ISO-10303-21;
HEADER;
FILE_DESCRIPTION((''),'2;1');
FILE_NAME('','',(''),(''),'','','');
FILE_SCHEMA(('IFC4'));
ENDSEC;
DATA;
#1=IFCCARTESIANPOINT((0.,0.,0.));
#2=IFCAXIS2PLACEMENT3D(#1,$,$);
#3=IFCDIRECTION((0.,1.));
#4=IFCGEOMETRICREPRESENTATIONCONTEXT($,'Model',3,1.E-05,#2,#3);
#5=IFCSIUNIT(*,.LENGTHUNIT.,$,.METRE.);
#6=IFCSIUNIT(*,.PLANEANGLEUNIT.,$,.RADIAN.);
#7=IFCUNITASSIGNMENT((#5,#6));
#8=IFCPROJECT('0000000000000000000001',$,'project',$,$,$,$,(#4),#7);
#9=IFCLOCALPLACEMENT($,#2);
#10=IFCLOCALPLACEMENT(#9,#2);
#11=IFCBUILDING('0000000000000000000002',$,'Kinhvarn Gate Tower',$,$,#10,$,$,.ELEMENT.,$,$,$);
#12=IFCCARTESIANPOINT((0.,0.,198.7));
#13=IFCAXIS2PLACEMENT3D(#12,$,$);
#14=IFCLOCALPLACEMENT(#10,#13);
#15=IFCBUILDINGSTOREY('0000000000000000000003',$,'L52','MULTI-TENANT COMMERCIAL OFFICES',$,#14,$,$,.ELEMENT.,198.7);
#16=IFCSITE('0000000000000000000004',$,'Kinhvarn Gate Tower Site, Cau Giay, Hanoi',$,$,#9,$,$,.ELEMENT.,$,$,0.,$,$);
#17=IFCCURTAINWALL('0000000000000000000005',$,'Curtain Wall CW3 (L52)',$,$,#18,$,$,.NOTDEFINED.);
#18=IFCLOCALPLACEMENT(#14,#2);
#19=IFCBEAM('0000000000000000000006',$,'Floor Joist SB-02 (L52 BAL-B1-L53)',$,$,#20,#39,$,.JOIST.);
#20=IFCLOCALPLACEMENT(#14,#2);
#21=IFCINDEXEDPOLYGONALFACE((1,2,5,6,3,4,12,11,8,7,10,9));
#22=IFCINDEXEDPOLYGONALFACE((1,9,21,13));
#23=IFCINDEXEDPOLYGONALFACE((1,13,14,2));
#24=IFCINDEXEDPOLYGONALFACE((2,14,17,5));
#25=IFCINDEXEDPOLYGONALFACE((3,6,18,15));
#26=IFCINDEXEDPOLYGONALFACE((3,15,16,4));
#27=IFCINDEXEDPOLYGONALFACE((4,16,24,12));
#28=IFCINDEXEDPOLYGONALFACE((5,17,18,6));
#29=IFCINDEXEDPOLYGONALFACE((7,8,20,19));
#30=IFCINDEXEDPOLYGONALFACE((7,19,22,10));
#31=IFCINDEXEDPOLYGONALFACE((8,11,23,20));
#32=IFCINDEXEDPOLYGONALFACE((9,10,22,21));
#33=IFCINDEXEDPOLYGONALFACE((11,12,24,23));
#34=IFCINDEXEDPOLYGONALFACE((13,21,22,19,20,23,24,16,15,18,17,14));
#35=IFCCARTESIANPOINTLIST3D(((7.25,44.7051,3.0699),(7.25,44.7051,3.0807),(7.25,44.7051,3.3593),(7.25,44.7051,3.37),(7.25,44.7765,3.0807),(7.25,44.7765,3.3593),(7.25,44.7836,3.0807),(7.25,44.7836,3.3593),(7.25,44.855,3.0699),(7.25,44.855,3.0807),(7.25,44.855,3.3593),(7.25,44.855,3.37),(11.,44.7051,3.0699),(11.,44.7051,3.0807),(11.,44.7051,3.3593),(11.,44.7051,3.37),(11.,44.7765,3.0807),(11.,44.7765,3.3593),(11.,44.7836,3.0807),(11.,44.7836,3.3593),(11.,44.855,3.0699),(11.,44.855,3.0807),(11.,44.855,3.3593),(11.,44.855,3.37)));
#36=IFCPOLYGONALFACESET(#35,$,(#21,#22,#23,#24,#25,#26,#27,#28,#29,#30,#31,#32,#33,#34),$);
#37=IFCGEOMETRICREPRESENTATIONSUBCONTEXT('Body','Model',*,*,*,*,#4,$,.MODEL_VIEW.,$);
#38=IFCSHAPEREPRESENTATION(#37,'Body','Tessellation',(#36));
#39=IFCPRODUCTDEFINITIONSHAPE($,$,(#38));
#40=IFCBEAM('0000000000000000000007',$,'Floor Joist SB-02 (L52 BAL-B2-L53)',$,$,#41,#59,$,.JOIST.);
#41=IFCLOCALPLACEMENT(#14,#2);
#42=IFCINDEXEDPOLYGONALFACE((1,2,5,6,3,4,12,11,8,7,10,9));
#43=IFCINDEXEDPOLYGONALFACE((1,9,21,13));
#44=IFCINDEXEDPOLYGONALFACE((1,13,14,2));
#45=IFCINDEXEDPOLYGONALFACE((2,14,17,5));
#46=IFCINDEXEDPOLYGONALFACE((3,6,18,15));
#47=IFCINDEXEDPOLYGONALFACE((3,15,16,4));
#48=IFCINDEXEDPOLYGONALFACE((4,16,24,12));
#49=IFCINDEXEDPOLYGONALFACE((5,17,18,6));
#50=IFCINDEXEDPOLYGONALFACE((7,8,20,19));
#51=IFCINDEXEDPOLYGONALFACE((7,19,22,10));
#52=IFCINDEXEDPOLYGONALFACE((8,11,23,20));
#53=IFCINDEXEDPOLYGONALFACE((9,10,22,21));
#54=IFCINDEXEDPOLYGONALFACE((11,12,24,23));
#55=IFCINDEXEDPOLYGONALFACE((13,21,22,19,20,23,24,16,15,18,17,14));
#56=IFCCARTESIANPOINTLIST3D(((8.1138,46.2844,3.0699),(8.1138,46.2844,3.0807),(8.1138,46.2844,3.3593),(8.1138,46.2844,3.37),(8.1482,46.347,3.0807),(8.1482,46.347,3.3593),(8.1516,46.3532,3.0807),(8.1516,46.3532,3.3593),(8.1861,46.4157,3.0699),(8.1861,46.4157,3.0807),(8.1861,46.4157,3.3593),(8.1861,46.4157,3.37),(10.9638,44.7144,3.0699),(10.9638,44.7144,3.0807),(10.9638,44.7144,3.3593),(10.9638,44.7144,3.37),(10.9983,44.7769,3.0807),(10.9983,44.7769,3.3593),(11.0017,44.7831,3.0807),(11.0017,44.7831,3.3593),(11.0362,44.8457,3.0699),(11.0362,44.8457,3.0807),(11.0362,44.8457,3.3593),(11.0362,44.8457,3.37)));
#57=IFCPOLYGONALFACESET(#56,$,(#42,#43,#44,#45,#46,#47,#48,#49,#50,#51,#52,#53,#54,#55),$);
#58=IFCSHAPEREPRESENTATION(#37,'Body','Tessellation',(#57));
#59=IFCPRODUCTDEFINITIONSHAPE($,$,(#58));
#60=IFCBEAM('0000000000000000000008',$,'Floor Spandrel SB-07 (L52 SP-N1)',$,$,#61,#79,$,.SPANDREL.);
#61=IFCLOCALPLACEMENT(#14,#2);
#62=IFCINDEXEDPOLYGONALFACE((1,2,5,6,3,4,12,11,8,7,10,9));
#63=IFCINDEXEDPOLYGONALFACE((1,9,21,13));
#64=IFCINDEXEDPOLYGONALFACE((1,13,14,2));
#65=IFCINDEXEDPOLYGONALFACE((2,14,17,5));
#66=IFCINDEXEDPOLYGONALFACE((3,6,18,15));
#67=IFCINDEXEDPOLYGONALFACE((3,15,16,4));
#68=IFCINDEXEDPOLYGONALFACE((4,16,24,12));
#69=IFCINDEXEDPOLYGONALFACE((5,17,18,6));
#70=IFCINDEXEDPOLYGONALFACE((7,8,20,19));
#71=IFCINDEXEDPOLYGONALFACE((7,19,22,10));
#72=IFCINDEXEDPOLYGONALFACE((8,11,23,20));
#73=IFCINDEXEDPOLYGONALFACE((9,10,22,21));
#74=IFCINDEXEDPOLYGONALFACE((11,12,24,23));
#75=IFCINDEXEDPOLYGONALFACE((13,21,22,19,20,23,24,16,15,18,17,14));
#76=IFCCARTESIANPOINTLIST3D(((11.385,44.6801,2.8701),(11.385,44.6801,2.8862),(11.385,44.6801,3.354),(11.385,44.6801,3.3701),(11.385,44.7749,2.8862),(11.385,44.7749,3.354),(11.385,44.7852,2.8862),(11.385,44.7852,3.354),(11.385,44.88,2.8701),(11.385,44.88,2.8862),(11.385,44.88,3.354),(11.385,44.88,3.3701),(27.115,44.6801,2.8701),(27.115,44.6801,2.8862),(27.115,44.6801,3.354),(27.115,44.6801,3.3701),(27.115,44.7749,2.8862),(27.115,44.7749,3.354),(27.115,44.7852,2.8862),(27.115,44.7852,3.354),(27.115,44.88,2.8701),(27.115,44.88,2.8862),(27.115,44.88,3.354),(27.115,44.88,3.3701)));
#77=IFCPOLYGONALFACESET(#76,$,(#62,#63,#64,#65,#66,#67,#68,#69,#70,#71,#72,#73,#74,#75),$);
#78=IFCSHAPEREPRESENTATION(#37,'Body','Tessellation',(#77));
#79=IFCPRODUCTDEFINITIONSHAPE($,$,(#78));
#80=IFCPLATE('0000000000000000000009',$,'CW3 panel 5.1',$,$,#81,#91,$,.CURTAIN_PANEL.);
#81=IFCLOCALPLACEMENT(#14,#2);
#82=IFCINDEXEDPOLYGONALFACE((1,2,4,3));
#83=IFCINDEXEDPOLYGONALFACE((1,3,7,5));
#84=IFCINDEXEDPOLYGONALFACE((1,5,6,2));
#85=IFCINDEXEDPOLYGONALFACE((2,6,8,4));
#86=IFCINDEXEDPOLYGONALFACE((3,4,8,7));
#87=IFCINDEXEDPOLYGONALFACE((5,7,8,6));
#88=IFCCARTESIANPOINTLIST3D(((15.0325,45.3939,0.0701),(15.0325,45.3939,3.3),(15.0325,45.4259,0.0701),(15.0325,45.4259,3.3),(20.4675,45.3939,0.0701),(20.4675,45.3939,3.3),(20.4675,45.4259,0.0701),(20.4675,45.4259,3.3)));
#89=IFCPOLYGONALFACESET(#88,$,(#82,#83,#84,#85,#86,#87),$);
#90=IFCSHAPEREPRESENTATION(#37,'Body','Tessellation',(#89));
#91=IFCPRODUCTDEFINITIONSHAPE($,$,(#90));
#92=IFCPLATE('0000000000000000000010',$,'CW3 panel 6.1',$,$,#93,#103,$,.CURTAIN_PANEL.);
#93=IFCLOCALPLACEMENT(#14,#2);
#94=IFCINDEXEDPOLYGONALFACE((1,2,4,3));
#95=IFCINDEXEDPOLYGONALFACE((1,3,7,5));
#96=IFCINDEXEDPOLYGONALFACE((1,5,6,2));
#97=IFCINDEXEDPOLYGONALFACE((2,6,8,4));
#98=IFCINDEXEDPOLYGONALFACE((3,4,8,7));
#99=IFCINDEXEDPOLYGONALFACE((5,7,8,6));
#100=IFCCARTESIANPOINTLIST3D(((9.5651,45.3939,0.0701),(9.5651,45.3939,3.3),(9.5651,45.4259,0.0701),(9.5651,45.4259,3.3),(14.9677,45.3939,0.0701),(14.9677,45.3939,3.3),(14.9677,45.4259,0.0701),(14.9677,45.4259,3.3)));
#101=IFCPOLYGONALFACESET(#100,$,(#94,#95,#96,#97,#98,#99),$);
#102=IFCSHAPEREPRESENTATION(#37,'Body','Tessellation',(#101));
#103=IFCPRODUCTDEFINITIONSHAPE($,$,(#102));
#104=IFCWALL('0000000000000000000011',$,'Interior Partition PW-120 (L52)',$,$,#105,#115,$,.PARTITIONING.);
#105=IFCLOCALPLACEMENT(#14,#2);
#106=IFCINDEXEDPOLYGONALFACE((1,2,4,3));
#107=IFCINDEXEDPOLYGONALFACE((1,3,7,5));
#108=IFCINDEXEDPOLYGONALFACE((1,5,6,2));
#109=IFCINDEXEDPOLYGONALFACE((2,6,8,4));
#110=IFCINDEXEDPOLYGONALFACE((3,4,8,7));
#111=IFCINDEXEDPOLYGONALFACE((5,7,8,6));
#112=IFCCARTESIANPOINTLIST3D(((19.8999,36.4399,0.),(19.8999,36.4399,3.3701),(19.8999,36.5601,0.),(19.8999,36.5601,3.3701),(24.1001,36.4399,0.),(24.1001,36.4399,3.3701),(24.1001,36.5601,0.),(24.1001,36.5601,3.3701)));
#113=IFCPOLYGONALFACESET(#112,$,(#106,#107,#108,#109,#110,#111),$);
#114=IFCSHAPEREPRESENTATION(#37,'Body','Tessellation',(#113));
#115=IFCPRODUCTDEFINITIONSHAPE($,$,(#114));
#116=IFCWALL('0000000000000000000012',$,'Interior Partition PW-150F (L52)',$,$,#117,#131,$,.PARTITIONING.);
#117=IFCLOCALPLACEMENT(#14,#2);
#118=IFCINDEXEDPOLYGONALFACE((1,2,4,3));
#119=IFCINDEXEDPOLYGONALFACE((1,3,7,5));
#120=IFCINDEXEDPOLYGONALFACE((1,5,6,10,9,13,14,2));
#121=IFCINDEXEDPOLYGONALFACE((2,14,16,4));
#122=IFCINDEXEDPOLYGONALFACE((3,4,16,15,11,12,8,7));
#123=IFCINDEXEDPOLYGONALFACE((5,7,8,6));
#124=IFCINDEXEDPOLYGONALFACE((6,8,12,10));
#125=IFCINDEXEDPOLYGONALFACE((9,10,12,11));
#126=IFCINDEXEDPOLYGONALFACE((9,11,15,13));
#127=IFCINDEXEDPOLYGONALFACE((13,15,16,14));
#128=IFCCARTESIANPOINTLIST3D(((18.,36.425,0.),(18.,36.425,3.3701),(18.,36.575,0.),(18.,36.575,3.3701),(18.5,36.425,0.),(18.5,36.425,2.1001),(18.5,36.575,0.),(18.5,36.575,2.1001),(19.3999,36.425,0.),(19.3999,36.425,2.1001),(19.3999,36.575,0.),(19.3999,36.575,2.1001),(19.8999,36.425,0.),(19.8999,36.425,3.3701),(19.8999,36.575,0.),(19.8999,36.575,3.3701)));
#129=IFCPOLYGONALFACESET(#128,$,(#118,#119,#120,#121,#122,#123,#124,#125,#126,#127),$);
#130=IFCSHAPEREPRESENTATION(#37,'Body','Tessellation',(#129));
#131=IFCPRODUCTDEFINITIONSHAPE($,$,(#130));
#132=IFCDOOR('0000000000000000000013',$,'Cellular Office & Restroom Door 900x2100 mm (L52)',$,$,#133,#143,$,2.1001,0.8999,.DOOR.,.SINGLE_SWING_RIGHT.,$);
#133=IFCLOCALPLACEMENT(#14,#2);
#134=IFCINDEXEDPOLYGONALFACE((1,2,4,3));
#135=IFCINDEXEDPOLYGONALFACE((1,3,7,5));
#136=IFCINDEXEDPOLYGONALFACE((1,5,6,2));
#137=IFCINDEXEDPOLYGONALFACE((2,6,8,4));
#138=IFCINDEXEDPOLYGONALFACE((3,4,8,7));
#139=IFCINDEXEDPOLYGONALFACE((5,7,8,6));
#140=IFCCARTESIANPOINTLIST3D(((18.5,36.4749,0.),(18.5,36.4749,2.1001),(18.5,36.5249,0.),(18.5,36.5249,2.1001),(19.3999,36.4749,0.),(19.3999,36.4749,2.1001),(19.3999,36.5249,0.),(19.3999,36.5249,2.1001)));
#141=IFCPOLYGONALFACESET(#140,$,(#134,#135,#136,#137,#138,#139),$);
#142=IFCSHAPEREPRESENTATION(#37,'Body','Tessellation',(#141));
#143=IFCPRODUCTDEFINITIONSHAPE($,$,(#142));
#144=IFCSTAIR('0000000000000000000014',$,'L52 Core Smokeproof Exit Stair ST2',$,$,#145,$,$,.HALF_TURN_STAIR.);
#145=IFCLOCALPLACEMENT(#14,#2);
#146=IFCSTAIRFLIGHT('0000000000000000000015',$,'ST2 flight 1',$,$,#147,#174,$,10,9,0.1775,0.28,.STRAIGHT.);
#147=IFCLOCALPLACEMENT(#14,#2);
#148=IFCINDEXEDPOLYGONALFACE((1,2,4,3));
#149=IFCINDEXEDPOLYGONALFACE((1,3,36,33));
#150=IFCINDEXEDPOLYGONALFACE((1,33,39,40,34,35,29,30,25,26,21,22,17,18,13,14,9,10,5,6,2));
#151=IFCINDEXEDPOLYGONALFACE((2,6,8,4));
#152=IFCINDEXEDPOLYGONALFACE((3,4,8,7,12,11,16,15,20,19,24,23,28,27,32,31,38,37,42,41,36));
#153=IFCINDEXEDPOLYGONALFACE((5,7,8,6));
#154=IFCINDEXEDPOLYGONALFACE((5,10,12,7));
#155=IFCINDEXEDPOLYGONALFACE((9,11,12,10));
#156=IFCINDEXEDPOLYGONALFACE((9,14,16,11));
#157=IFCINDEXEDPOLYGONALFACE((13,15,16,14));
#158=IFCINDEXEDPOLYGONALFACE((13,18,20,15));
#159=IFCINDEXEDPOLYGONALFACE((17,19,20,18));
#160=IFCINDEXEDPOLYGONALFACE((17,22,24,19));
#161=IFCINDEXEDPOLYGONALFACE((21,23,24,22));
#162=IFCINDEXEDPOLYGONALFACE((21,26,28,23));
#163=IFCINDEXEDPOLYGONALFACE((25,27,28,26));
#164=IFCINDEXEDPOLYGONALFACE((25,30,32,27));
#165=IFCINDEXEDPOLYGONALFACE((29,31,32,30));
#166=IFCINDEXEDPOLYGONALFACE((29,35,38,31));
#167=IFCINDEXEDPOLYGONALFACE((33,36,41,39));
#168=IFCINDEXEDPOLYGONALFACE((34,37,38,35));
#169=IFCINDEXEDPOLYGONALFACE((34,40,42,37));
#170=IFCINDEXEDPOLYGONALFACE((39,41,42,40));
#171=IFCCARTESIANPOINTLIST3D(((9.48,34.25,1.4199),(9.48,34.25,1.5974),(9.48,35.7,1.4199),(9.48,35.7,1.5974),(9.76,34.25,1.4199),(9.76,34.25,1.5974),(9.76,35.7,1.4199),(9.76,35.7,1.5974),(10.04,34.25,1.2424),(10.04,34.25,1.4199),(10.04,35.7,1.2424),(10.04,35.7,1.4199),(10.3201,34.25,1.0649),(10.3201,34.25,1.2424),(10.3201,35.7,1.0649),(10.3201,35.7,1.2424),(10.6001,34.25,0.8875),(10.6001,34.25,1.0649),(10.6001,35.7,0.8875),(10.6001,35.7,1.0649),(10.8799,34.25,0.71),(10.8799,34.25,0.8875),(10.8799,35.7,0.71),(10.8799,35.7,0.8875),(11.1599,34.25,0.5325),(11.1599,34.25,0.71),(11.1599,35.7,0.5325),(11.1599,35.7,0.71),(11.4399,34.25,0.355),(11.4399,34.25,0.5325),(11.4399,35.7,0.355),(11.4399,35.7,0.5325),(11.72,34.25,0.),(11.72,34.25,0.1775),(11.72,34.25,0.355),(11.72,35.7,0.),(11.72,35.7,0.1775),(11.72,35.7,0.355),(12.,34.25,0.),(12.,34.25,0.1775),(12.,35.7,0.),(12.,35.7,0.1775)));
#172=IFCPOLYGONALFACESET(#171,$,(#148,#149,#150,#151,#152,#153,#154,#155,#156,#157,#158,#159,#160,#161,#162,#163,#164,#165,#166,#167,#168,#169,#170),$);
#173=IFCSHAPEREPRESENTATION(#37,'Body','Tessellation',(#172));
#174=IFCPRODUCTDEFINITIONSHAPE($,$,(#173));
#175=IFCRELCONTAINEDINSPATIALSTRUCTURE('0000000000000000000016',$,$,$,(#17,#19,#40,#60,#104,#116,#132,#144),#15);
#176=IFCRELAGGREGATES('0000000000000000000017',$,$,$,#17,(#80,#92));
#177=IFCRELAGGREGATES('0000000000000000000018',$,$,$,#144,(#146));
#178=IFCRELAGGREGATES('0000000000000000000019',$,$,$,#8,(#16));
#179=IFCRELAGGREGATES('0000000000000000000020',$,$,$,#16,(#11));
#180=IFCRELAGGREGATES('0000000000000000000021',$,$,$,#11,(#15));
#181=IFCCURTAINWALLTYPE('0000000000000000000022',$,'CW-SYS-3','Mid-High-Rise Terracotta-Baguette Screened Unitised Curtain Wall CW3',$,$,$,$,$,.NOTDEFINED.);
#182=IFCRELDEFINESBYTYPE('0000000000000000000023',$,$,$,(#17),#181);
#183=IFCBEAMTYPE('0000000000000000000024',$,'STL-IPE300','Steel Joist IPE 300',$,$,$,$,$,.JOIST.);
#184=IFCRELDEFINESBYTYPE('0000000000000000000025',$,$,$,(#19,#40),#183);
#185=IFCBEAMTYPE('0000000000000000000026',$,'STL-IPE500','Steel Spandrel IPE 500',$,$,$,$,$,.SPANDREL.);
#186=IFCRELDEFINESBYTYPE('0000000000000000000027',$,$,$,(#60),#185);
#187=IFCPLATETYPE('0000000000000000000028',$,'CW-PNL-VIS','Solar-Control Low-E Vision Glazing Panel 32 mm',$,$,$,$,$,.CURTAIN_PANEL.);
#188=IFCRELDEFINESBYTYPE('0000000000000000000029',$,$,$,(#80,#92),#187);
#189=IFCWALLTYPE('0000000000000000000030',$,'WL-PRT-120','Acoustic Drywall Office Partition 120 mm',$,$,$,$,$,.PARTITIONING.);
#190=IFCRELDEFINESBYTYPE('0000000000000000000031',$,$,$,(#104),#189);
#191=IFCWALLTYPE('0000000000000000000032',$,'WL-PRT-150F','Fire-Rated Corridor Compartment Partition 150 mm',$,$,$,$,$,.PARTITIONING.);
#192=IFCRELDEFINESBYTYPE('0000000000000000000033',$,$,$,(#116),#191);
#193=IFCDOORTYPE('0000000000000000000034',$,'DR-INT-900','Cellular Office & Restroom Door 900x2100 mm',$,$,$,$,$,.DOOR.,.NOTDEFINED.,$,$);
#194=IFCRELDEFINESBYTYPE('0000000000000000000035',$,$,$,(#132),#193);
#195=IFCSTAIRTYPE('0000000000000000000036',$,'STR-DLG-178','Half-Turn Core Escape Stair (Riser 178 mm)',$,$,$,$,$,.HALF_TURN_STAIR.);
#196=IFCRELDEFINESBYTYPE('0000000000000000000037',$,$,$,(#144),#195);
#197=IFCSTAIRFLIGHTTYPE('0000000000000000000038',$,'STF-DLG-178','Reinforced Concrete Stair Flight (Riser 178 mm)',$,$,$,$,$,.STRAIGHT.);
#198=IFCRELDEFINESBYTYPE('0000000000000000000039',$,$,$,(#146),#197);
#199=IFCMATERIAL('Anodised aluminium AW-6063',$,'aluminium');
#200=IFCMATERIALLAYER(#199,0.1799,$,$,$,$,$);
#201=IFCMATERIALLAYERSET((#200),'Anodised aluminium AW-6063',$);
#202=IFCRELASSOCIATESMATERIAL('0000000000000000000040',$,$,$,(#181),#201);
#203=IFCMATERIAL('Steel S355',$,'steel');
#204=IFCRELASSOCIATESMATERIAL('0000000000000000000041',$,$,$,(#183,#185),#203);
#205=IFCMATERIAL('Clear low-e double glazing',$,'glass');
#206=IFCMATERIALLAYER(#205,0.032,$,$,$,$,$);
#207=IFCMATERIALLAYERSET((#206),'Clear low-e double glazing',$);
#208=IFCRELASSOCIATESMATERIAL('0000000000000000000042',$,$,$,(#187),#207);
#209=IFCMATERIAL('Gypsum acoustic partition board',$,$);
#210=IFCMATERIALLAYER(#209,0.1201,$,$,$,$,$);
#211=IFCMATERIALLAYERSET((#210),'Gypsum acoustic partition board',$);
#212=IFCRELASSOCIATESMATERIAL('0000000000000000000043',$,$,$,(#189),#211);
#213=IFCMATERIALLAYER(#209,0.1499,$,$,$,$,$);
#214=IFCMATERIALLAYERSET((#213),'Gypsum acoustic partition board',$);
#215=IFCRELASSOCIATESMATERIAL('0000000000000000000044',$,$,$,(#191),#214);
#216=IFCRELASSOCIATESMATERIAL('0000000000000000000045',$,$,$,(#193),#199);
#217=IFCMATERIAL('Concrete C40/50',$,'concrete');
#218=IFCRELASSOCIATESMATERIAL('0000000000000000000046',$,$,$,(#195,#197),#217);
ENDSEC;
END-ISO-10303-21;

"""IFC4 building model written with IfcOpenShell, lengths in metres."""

from ifc_helpers import new_model, si_unit, direction, frame, frame_2d, origin, origin_2d, place, context, subcontext, project, spatial, polyline, rectangle, i_section, outline, extrude, material, layer, layer_set, material_profile, profile_set, type_object, element, fill, aggregate, save


model = new_model("IFC4")

# Units and contexts
model_context = context("Model", 3, precision=1e-05, world=origin(), true_north=direction((0.0, 1.0)))
body_context = subcontext(model_context, "Body", "Model", "MODEL_VIEW")
ifc_project = project(units=[si_unit("LENGTHUNIT", "METRE"), si_unit("PLANEANGLEUNIT", "RADIAN")], contexts=[model_context])

# Site, building, storey
site_placement = place(None, origin())
site = spatial("IfcSite", under=ifc_project, at=site_placement, Name="Kinhvarn Gate Tower Site, Cau Giay, Hanoi", CompositionType="ELEMENT", RefElevation=0.0)
building_placement = place(site_placement, origin())
building = spatial("IfcBuilding", under=site, at=building_placement, Name="Kinhvarn Gate Tower", CompositionType="ELEMENT")
storey_placement = place(building_placement, frame((0.0, 0.0, 198.7)))
storey = spatial("IfcBuildingStorey", under=building, at=storey_placement, Name="L52", Description="MULTI-TENANT COMMERCIAL OFFICES", CompositionType="ELEMENT", Elevation=198.7)

# Curtain wall
ifc_material_1 = material(Name="Anodised aluminium AW-6063", Category="aluminium")
ifc_layer_1 = layer(ifc_material_1, 0.1799)
ifc_layer_set_1 = layer_set([ifc_layer_1], Name="Anodised aluminium AW-6063")
curtain_wall_type = type_object("IfcCurtainWallType", Name="CW-SYS-3", Description="Mid-High-Rise Terracotta-Baguette Screened Unitised Curtain Wall CW3", PredefinedType="NOTDEFINED", material=ifc_layer_set_1)
curtain_wall_placement = place(storey_placement, origin())
curtain_wall = element("IfcCurtainWall", 1, at=curtain_wall_placement, inside=storey, type_object=curtain_wall_type, Name="Curtain Wall CW3 (L52)", PredefinedType="NOTDEFINED")

# Beams
ifc_material_2 = material(Name="Steel S355", Category="steel")
ifc_material_profile_1 = material_profile(ifc_material_2, i_section(OverallWidth=0.1499, OverallDepth=0.3, WebThickness=0.0071, FlangeThickness=0.0107, at=origin_2d()), Name="IPE 300")
ifc_profile_set_1 = profile_set([ifc_material_profile_1], Name="Steel S355")
beam_type_1 = type_object("IfcBeamType", Name="STL-IPE300", Description="Steel Joist IPE 300", PredefinedType="JOIST", material=ifc_profile_set_1)
beam_1_placement = place(storey_placement, frame((11.0, 44.78, 3.22), z_axis=(-1.0, 0.0, 0.0), x_axis=(0.0, -1.0, 0.0)))
element("IfcBeam", 2, at=beam_1_placement, inside=storey, type_object=beam_type_1, Name="Floor Joist SB-02 (L52 BAL-B1-L53)", PredefinedType="JOIST", context=body_context, shape_type="SweptSolid", body=[
    extrude(i_section(OverallWidth=0.1499, OverallDepth=0.3, WebThickness=0.0071, FlangeThickness=0.0107, at=origin_2d()), origin(), (0.0, 0.0, 1.0), 3.75),
])
beam_2_placement = place(storey_placement, frame((11.0, 44.78, 3.22), z_axis=(-0.875889, 0.482512, 0.0), x_axis=(-0.482512, -0.875889, 0.0)))
element("IfcBeam", 3, at=beam_2_placement, inside=storey, type_object=beam_type_1, Name="Floor Joist SB-02 (L52 BAL-B2-L53)", PredefinedType="JOIST", context=body_context, shape_type="SweptSolid", body=[
    extrude(i_section(OverallWidth=0.1499, OverallDepth=0.3, WebThickness=0.0071, FlangeThickness=0.0107, at=origin_2d()), origin(), (0.0, 0.0, 1.0), 3.2539),
])
ifc_material_profile_2 = material_profile(ifc_material_2, i_section(OverallWidth=0.2, OverallDepth=0.5, WebThickness=0.0103, FlangeThickness=0.0161, at=origin_2d()), Name="IPE 500")
ifc_profile_set_2 = profile_set([ifc_material_profile_2], Name="Steel S355")
beam_type_2 = type_object("IfcBeamType", Name="STL-IPE500", Description="Steel Spandrel IPE 500", PredefinedType="SPANDREL", material=ifc_profile_set_2)
beam_3_placement = place(storey_placement, frame((11.385, 44.78, 3.1201), z_axis=(1.0, 0.0, 0.0), x_axis=(0.0, 1.0, 0.0)))
element("IfcBeam", 4, at=beam_3_placement, inside=storey, type_object=beam_type_2, Name="Floor Spandrel SB-07 (L52 SP-N1)", PredefinedType="SPANDREL", context=body_context, shape_type="SweptSolid", body=[
    extrude(i_section(OverallWidth=0.2, OverallDepth=0.5, WebThickness=0.0103, FlangeThickness=0.0161, at=origin_2d()), origin(), (0.0, 0.0, 1.0), 15.73),
])

# Plates
ifc_material_3 = material(Name="Clear low-e double glazing", Category="glass")
ifc_layer_2 = layer(ifc_material_3, 0.032)
ifc_layer_set_2 = layer_set([ifc_layer_2], Name="Clear low-e double glazing")
plate_type = type_object("IfcPlateType", Name="CW-PNL-VIS", Description="Solar-Control Low-E Vision Glazing Panel 32 mm", PredefinedType="CURTAIN_PANEL", material=ifc_layer_set_2)
plate_1_placement = place(storey_placement, frame((17.75, 45.4099, 0.0701), z_axis=(0.0, 0.0, 1.0), x_axis=(-1.0, 0.0, 0.0)))
plate_1 = element("IfcPlate", 5, at=plate_1_placement, type_object=plate_type, Name="CW3 panel 5.1", PredefinedType="CURTAIN_PANEL", context=body_context, shape_type="SweptSolid", body=[
    extrude(rectangle(XDim=5.4351, YDim=0.032, at=origin_2d()), origin(), (0.0, 0.0, 1.0), 3.23),
])
plate_2_placement = place(storey_placement, frame((12.2664, 45.4099, 0.0701), z_axis=(0.0, 0.0, 1.0), x_axis=(-1.0, 0.0, 0.0)))
plate_2 = element("IfcPlate", 6, at=plate_2_placement, type_object=plate_type, Name="CW3 panel 6.1", PredefinedType="CURTAIN_PANEL", context=body_context, shape_type="SweptSolid", body=[
    extrude(rectangle(XDim=5.4026, YDim=0.032, at=origin_2d()), origin(), (0.0, 0.0, 1.0), 3.23),
])
aggregate(curtain_wall, [plate_1, plate_2])

# Wall
ifc_material_4 = material(Name="Gypsum acoustic partition board")
ifc_layer_3 = layer(ifc_material_4, 0.1201)
ifc_layer_set_3 = layer_set([ifc_layer_3], Name="Gypsum acoustic partition board")
wall_type_1 = type_object("IfcWallType", Name="WL-PRT-120", Description="Acoustic Drywall Office Partition 120 mm", PredefinedType="PARTITIONING", material=ifc_layer_set_3)
wall_1_placement = place(storey_placement, frame((19.8999, 36.5, 0.0), z_axis=(0.0, 0.0, 1.0), x_axis=(1.0, 0.0, 0.0)))
element("IfcWall", 7, at=wall_1_placement, inside=storey, type_object=wall_type_1, Name="Interior Partition PW-120 (L52)", PredefinedType="PARTITIONING", context=body_context, shape_type="SweptSolid", body=[
    extrude(rectangle(XDim=4.2002, YDim=0.1201, at=frame_2d((2.1001, 0.0))), origin(), (0.0, 0.0, 1.0), 3.3701),
])

# Wall, opening, door
ifc_layer_4 = layer(ifc_material_4, 0.1499)
ifc_layer_set_4 = layer_set([ifc_layer_4], Name="Gypsum acoustic partition board")
wall_type_2 = type_object("IfcWallType", Name="WL-PRT-150F", Description="Fire-Rated Corridor Compartment Partition 150 mm", PredefinedType="PARTITIONING", material=ifc_layer_set_4)
wall_2_placement = place(storey_placement, frame((18.0, 36.5, 0.0), z_axis=(0.0, 0.0, 1.0), x_axis=(1.0, 0.0, 0.0)))
wall_2 = element("IfcWall", 8, at=wall_2_placement, inside=storey, type_object=wall_type_2, Name="Interior Partition PW-150F (L52)", PredefinedType="PARTITIONING", context=body_context, shape_type="SweptSolid", body=[
    extrude(rectangle(XDim=1.8999, YDim=0.1499, at=frame_2d((0.95, 0.0))), origin(), (0.0, 0.0, 1.0), 3.3701),
])
opening_placement = place(wall_2_placement, frame((0.5, 0.0, 0.0)))
opening = element("IfcOpeningElement", 9, at=opening_placement, cuts=wall_2, PredefinedType="OPENING", context=body_context, shape_type="SweptSolid", body=[
    extrude(rectangle(XDim=0.8999, YDim=2.1001, at=frame_2d((0.45, 1.05))), frame((0.0, 0.085, 0.0), z_axis=(0.0, -1.0, 0.0), x_axis=(1.0, 0.0, 0.0)), (0.0, 0.0, 1.0), 0.1699),
])
door_type = type_object("IfcDoorType", Name="DR-INT-900", Description="Cellular Office & Restroom Door 900x2100 mm", OperationType="NOTDEFINED", PredefinedType="DOOR", material=ifc_material_1)
door_placement = place(opening_placement, origin())
door = element("IfcDoor", 10, at=door_placement, inside=storey, type_object=door_type, Name="Cellular Office & Restroom Door 900x2100 mm (L52)", OperationType="SINGLE_SWING_RIGHT", OverallHeight=2.1001, OverallWidth=0.8999, PredefinedType="DOOR", context=body_context, shape_type="SweptSolid", body=[
    extrude(rectangle(XDim=0.8999, YDim=2.1001, at=frame_2d((0.45, 1.05))), frame((0.0, 0.0249, 0.0), z_axis=(0.0, -1.0, 0.0), x_axis=(1.0, 0.0, 0.0)), (0.0, 0.0, 1.0), 0.05),
])
fill(opening, door)

# Stair, stair flight
ifc_material_5 = material(Name="Concrete C40/50", Category="concrete")
stair_type = type_object("IfcStairType", Name="STR-DLG-178", Description="Half-Turn Core Escape Stair (Riser 178 mm)", PredefinedType="HALF_TURN_STAIR", material=ifc_material_5)
stair_placement = place(storey_placement, origin())
stair = element("IfcStair", 11, at=stair_placement, inside=storey, type_object=stair_type, Name="L52 Core Smokeproof Exit Stair ST2", PredefinedType="HALF_TURN_STAIR")
stair_flight_type = type_object("IfcStairFlightType", Name="STF-DLG-178", Description="Reinforced Concrete Stair Flight (Riser 178 mm)", PredefinedType="STRAIGHT", material=ifc_material_5)
stair_flight_placement = place(storey_placement, frame((12.0, 34.9751, 0.0), z_axis=(0.0, 0.0, 1.0), x_axis=(-1.0, 0.0, 0.0)))
stair_flight = element("IfcStairFlight", 12, at=stair_flight_placement, type_object=stair_flight_type, Name="ST2 flight 1", NumberOfRisers=10, NumberOfTreads=9, PredefinedType="STRAIGHT", RiserHeight=0.1775, TreadLength=0.28, context=body_context, shape_type="SweptSolid", body=[
    extrude(outline(polyline([(0.0, 0.0), (0.0, 0.1775), (0.28, 0.1775), (0.28, 0.355), (0.5601, 0.355), (0.5601, 0.5325), (0.8401, 0.5325), (0.8401, 0.71), (1.1201, 0.71), (1.1201, 0.8875), (1.3999, 0.8875), (1.3999, 1.0649), (1.6799, 1.0649), (1.6799, 1.2424), (1.96, 1.2424), (1.96, 1.4199), (2.24, 1.4199), (2.24, 1.5974), (2.52, 1.5974), (2.52, 1.7749), (2.52, 1.4199), (0.28, 0.0), (0.0, 0.0)])), frame((0.0, 0.7251, 0.0), z_axis=(0.0, -1.0, 0.0), x_axis=(1.0, 0.0, 0.0)), (0.0, 0.0, 1.0), 1.45),
])
aggregate(stair, [stair_flight])

save(model, "model.ifc")
